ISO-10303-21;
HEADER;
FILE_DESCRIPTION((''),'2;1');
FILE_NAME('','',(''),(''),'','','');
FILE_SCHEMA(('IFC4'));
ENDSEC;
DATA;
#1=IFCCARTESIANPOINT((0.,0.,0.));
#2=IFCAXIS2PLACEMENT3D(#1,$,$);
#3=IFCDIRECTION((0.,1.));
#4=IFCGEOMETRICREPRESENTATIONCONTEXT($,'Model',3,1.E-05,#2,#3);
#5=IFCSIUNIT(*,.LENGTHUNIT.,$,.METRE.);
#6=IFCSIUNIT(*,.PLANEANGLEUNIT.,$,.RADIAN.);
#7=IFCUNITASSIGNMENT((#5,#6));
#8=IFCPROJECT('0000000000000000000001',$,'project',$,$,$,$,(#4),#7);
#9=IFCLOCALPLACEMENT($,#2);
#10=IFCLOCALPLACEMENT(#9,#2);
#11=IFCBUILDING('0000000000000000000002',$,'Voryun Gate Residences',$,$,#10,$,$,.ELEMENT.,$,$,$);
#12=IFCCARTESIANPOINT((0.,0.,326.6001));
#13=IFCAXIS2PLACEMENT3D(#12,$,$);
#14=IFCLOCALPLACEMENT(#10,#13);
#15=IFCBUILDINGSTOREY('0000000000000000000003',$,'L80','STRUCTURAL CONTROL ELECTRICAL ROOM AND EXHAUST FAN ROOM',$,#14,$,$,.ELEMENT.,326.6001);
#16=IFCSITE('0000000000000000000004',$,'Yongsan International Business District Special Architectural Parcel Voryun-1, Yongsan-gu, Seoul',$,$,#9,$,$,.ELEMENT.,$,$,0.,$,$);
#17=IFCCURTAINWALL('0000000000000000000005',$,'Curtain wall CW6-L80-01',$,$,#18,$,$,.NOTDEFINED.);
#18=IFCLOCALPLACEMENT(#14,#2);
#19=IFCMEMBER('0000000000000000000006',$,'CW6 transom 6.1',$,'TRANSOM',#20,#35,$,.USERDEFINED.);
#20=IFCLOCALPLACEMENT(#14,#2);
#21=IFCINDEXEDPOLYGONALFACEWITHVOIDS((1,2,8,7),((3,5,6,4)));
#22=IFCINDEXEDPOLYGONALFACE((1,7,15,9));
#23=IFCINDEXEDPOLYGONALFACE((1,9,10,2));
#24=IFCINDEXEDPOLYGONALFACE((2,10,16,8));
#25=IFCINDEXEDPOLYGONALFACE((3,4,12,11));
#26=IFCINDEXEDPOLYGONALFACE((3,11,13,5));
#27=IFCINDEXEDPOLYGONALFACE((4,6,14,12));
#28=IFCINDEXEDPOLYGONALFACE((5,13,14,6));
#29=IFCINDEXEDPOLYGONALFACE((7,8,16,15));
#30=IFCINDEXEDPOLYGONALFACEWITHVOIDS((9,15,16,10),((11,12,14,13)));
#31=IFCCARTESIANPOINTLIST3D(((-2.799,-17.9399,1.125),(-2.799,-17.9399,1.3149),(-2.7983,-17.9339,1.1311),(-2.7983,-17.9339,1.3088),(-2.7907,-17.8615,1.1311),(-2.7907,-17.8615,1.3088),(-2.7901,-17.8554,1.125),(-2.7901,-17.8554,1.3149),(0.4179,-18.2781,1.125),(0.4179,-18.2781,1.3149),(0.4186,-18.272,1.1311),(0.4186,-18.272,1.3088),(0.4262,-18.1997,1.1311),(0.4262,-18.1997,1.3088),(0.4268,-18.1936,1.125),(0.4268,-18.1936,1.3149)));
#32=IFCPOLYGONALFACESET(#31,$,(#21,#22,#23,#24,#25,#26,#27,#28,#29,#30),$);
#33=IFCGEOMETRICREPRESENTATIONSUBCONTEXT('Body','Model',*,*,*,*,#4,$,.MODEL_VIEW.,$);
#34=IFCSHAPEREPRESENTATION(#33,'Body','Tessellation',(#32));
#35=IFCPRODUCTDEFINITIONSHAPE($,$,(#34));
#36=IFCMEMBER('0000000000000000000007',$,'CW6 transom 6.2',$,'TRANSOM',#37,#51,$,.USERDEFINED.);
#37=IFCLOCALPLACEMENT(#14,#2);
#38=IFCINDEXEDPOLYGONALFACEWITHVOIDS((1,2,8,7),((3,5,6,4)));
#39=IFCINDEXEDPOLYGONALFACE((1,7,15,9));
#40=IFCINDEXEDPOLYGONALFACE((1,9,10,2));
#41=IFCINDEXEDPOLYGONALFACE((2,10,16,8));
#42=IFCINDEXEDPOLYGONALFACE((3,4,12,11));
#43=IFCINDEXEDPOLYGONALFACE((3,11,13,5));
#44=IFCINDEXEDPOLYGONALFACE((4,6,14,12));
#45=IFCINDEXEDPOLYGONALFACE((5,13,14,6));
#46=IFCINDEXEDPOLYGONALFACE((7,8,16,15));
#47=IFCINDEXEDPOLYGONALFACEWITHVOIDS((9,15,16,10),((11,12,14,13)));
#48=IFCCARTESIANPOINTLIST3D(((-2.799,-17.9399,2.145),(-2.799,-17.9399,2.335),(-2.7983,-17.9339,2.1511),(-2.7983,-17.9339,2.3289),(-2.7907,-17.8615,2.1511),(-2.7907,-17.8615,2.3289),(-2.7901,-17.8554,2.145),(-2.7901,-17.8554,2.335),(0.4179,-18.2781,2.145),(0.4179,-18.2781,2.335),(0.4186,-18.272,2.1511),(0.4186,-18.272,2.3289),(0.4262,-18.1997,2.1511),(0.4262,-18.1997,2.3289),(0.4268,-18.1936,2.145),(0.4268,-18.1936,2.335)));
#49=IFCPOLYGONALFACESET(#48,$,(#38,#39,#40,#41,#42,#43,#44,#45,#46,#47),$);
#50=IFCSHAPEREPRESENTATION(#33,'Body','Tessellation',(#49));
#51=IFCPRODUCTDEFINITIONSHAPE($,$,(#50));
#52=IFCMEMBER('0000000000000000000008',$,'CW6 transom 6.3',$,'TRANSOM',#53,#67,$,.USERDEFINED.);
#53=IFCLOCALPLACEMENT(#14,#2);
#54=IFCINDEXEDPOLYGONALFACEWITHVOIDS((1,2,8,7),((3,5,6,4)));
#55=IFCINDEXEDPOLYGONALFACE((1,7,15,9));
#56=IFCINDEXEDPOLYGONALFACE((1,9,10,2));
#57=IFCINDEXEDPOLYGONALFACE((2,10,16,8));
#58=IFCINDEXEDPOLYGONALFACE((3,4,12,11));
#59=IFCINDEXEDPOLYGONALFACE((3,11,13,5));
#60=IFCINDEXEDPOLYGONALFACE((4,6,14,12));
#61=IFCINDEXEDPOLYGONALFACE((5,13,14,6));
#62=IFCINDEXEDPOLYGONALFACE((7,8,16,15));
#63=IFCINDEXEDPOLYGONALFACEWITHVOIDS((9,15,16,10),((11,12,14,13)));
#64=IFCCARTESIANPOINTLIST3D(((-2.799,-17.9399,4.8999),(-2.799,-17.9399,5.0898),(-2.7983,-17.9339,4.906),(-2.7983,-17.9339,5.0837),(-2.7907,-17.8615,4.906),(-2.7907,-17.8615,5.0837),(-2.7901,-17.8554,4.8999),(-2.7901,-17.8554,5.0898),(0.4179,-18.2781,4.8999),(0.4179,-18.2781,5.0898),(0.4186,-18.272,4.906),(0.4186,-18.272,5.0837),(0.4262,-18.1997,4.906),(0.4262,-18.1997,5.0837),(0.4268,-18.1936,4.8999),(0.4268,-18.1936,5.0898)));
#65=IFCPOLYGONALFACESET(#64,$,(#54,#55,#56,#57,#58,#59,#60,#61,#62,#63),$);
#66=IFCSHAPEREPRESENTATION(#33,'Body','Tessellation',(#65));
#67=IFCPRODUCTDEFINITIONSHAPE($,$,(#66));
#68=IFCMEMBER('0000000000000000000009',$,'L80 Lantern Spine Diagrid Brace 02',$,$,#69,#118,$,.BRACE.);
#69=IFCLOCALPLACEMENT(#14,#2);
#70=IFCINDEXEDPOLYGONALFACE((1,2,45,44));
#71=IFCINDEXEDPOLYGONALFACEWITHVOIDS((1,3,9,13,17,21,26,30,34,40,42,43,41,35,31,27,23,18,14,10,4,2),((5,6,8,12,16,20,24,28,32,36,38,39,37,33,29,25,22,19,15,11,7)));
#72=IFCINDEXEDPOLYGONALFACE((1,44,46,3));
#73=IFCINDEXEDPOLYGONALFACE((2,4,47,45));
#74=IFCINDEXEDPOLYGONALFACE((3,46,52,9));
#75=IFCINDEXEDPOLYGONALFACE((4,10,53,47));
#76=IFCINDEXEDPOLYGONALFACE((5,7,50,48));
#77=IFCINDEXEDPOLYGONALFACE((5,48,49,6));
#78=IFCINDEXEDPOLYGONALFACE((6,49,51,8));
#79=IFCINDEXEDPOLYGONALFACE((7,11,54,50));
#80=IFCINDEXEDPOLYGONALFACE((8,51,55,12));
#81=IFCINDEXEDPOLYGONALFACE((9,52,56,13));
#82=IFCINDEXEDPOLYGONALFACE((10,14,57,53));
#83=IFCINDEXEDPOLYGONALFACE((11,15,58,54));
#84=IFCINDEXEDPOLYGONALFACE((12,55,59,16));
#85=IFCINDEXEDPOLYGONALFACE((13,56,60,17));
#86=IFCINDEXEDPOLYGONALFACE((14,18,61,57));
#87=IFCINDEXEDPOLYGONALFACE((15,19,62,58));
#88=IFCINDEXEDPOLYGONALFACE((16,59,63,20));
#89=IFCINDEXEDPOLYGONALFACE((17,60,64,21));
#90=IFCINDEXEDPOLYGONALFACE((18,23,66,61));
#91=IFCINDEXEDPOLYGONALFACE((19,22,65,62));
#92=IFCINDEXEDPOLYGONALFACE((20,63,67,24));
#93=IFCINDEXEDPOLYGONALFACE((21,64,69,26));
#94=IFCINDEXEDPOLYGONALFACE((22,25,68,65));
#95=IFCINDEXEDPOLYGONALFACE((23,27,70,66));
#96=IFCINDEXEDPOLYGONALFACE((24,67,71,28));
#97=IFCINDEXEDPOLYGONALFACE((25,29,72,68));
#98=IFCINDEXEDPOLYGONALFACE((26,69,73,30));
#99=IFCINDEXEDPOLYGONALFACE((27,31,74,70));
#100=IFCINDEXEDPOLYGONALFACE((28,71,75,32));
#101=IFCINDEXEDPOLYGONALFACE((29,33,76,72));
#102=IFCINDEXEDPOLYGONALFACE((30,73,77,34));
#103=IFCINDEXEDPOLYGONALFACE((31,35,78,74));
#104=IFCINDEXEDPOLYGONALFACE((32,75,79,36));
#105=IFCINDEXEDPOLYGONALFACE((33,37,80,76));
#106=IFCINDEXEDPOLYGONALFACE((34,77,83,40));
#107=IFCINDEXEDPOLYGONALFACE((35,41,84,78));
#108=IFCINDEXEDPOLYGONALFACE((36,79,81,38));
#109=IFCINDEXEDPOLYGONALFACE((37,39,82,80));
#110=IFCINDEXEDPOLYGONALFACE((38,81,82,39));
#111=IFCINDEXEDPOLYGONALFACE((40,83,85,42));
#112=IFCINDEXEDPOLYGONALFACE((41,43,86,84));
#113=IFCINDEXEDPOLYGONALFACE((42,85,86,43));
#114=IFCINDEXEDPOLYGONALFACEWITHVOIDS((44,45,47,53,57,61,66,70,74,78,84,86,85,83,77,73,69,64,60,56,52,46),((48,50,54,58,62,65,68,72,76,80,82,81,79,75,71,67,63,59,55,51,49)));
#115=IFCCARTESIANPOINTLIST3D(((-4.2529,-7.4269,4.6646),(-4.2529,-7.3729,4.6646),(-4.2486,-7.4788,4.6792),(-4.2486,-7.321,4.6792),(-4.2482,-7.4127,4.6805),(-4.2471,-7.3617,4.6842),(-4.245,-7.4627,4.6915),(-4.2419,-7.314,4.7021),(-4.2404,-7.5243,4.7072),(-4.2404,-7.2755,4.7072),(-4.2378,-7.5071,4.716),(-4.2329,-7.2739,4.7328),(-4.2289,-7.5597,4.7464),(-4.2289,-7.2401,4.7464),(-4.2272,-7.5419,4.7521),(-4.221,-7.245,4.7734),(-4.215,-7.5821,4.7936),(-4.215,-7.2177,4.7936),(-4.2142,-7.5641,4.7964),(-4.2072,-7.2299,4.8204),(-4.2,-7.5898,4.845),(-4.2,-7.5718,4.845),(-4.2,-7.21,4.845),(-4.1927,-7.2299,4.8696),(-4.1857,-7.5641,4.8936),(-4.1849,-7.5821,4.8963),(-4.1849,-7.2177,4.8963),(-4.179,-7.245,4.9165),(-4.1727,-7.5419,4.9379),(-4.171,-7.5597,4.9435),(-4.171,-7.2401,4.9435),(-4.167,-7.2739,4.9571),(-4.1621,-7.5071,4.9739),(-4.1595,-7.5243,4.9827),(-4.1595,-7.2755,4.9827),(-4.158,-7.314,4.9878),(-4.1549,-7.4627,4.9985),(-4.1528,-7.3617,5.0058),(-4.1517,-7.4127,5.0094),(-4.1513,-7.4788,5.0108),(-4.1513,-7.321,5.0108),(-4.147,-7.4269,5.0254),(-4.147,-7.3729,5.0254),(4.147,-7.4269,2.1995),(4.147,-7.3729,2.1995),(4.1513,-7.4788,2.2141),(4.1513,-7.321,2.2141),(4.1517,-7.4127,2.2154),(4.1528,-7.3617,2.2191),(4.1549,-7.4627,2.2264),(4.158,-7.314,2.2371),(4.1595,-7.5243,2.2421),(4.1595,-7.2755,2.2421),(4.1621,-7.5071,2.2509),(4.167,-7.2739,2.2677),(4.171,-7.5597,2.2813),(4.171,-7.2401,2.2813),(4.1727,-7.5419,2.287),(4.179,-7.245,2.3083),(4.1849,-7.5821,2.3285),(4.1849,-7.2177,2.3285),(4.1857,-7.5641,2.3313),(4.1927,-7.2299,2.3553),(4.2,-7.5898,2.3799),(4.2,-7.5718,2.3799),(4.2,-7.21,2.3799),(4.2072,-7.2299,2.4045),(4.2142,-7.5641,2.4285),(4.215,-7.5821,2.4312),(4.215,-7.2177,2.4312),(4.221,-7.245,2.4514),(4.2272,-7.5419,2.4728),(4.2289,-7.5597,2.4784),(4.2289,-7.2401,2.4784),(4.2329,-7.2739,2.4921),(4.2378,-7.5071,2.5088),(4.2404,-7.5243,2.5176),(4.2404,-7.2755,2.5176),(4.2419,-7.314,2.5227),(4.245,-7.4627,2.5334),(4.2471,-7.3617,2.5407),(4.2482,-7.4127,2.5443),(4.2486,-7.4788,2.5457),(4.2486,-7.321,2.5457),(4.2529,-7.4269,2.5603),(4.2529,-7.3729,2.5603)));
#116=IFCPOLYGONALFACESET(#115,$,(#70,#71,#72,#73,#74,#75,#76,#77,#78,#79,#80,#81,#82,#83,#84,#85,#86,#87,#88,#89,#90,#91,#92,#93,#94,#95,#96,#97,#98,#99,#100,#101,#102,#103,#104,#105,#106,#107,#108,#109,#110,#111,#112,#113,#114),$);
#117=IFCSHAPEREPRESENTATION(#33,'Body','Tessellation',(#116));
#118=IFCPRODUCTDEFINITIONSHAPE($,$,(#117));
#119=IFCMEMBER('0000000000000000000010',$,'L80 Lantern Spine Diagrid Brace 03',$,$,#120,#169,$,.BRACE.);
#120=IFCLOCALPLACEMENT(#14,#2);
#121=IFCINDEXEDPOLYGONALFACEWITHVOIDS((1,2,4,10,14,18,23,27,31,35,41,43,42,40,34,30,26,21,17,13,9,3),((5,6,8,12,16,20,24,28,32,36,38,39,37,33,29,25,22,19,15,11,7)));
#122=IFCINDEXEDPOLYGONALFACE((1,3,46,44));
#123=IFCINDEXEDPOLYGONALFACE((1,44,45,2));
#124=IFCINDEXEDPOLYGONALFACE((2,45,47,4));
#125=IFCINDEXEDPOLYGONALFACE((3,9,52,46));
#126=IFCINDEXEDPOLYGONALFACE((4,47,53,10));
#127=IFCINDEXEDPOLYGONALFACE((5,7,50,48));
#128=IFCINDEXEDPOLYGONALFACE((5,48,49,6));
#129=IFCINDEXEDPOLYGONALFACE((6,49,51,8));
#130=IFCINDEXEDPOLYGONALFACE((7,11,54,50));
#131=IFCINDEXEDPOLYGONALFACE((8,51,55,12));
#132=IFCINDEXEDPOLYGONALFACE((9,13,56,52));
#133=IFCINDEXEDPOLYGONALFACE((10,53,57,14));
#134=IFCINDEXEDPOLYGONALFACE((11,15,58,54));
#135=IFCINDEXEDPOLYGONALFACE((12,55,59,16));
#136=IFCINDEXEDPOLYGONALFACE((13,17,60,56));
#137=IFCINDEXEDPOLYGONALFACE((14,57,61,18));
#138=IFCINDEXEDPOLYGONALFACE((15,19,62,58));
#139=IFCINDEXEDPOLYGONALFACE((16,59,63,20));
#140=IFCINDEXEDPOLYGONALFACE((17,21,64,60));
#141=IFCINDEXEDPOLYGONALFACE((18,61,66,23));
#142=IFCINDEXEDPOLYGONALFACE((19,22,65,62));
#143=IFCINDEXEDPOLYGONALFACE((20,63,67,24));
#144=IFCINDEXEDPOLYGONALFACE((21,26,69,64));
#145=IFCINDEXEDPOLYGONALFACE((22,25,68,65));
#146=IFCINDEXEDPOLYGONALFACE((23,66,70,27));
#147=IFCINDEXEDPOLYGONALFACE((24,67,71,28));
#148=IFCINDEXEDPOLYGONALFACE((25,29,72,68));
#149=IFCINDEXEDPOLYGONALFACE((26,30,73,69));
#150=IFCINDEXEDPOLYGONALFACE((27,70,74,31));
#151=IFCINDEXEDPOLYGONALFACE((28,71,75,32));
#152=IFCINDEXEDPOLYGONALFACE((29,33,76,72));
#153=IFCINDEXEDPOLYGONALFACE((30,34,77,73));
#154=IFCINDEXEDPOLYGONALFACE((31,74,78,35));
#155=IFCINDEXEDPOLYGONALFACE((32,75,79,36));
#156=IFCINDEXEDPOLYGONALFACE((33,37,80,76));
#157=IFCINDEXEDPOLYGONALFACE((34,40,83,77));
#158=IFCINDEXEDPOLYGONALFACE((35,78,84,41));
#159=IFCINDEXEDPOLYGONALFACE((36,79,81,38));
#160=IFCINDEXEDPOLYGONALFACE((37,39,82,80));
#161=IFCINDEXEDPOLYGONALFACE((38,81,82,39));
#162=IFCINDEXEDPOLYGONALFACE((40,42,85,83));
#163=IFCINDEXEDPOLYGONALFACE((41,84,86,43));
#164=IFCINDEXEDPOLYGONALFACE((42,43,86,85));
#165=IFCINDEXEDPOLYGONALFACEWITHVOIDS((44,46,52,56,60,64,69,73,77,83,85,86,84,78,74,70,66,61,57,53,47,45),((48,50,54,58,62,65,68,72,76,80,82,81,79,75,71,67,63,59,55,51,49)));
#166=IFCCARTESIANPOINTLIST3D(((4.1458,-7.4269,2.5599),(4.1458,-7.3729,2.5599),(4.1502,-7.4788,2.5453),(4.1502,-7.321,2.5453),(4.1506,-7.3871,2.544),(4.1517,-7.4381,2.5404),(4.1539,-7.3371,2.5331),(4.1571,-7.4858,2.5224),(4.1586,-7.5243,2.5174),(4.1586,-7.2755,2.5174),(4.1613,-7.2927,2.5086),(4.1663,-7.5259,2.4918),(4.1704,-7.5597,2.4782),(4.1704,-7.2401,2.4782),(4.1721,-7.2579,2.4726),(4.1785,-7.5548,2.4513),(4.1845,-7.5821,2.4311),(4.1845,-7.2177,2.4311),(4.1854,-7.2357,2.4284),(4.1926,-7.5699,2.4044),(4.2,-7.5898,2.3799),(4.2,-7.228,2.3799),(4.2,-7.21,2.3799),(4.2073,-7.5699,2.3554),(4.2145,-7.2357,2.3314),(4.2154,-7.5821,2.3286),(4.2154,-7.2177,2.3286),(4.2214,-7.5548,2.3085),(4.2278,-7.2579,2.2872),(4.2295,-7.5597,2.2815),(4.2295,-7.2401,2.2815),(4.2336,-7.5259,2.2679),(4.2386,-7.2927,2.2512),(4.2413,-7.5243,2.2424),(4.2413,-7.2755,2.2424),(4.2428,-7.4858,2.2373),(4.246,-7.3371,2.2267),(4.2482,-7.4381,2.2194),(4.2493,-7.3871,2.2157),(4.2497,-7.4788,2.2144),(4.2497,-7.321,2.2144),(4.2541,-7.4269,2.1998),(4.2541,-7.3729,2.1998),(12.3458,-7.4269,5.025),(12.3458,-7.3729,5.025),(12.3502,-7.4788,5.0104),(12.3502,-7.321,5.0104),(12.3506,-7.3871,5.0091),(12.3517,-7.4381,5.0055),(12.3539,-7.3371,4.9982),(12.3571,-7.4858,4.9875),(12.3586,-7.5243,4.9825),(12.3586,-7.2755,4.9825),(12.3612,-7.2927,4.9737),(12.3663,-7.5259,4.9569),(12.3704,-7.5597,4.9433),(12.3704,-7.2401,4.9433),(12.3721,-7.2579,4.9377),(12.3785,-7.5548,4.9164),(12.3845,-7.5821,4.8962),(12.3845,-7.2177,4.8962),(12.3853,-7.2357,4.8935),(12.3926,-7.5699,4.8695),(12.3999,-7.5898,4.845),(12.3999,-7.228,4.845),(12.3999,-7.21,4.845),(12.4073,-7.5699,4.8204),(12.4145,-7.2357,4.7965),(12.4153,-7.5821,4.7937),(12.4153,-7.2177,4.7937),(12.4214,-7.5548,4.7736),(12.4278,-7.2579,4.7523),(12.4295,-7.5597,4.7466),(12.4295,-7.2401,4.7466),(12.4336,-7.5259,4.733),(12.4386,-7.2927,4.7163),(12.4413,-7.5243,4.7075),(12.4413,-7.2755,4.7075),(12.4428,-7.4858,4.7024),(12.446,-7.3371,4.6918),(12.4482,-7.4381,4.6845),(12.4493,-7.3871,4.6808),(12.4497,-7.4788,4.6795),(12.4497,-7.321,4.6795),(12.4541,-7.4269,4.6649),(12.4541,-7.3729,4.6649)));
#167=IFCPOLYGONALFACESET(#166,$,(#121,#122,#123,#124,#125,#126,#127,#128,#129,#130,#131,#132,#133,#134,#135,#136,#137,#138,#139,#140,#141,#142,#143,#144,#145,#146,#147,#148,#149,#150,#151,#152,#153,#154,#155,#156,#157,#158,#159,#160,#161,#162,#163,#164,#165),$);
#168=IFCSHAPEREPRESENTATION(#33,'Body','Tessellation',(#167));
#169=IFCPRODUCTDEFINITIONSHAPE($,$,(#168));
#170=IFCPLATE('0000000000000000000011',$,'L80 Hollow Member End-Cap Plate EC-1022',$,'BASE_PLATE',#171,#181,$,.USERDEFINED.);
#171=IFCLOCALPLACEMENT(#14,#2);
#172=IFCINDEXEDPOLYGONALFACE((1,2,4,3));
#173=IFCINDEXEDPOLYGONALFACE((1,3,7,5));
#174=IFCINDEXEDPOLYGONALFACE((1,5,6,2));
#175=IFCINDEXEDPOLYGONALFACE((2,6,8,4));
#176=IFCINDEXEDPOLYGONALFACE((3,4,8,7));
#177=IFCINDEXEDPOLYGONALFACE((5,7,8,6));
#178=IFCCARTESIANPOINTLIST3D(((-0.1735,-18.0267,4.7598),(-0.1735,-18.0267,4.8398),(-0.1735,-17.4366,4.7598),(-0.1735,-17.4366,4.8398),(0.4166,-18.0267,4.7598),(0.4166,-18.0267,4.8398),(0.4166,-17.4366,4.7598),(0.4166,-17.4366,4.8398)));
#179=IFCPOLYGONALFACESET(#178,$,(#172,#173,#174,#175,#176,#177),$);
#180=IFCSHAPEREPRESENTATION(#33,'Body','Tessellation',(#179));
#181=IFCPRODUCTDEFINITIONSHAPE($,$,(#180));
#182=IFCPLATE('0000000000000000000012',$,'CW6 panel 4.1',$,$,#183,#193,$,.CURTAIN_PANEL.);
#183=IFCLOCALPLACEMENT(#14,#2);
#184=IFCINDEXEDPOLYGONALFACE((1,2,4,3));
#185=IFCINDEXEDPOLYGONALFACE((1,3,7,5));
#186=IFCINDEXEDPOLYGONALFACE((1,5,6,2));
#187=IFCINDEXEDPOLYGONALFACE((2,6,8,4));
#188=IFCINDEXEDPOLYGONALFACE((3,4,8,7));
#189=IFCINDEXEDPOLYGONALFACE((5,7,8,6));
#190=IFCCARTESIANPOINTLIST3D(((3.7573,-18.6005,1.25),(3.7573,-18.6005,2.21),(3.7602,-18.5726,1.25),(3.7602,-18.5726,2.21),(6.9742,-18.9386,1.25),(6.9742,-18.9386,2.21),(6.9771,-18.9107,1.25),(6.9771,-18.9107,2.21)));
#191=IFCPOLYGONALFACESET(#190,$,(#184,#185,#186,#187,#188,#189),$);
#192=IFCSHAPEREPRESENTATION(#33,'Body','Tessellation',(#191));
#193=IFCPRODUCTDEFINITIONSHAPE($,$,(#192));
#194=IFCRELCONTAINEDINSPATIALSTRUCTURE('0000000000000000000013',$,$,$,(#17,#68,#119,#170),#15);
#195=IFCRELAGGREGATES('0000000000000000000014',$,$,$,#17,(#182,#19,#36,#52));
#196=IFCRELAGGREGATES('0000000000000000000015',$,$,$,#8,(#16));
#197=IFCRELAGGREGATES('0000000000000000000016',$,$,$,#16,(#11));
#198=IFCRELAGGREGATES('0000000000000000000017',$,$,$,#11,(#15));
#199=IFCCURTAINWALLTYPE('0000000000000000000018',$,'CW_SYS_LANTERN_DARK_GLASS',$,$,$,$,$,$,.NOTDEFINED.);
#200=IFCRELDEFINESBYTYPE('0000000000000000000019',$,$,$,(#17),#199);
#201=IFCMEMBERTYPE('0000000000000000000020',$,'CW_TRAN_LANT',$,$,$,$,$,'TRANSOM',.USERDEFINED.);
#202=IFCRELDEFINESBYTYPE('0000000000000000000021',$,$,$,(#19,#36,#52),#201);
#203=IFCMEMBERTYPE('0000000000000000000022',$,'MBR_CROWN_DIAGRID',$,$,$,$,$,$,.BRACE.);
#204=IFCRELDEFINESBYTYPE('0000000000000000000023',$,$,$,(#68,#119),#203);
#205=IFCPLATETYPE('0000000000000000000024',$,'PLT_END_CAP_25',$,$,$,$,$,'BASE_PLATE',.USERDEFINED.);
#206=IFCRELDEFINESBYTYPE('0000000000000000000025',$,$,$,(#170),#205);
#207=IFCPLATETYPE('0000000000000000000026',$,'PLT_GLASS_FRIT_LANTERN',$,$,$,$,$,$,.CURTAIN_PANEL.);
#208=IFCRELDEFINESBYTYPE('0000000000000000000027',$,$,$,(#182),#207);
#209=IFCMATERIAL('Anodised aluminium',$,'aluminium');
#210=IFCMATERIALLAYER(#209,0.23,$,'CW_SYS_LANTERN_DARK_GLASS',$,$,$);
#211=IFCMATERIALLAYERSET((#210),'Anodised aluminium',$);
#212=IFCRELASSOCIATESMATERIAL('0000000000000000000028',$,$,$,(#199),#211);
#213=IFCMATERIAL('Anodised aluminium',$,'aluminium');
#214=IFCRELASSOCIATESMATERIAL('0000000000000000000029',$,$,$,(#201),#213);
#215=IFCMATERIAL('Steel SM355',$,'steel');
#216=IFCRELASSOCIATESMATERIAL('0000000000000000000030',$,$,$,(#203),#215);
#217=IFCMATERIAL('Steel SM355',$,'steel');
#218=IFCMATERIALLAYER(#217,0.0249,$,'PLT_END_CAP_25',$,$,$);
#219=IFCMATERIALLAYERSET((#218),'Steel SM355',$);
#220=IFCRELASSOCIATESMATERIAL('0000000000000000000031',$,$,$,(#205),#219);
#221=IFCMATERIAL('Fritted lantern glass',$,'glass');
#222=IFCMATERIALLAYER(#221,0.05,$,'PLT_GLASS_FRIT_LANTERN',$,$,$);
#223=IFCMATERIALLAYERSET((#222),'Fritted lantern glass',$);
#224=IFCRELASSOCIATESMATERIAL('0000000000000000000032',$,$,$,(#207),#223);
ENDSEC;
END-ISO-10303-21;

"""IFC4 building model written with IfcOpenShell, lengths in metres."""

from ifc_helpers import new_model, si_unit, direction, frame, origin, origin_2d, place, context, subcontext, project, spatial, rectangle, hollow_rectangle, hollow_circle, extrude, material, layer, layer_set, material_profile, profile_set, type_object, element, aggregate, save


model = new_model("IFC4")

# Units and contexts
model_context = context("Model", 3, precision=1e-05, world=origin(), true_north=direction((0.0, 1.0)))
body_context = subcontext(model_context, "Body", "Model", "MODEL_VIEW")
ifc_project = project(units=[si_unit("LENGTHUNIT", "METRE"), si_unit("PLANEANGLEUNIT", "RADIAN")], contexts=[model_context])

# Site, building, storey
site_placement = place(None, origin())
site = spatial("IfcSite", under=ifc_project, at=site_placement, Name="Yongsan International Business District Special Architectural Parcel Voryun-1, Yongsan-gu, Seoul", CompositionType="ELEMENT", RefElevation=0.0)
building_placement = place(site_placement, origin())
building = spatial("IfcBuilding", under=site, at=building_placement, Name="Voryun Gate Residences", CompositionType="ELEMENT")
storey_placement = place(building_placement, frame((0.0, 0.0, 326.6001)))
storey = spatial("IfcBuildingStorey", under=building, at=storey_placement, Name="L80", Description="STRUCTURAL CONTROL ELECTRICAL ROOM AND EXHAUST FAN ROOM", CompositionType="ELEMENT", Elevation=326.6001)

# Curtain wall, members
ifc_material_1 = material(Name="Anodised aluminium", Category="aluminium")
ifc_layer_1 = layer(ifc_material_1, 0.23, Name="CW_SYS_LANTERN_DARK_GLASS")
ifc_layer_set_1 = layer_set([ifc_layer_1], Name="Anodised aluminium")
curtain_wall_type = type_object("IfcCurtainWallType", Name="CW_SYS_LANTERN_DARK_GLASS", PredefinedType="NOTDEFINED", material=ifc_layer_set_1)
curtain_wall_placement = place(storey_placement, origin())
curtain_wall = element("IfcCurtainWall", 1, at=curtain_wall_placement, inside=storey, type_object=curtain_wall_type, Name="Curtain wall CW6-L80-01", PredefinedType="NOTDEFINED")
ifc_material_2 = material(Name="Anodised aluminium", Category="aluminium")
ifc_material_profile_1 = material_profile(ifc_material_2, hollow_rectangle(XDim=0.085, YDim=0.1899, WallThickness=0.0061, at=origin_2d()), Name="ALU-TRAN-190x85x6")
ifc_profile_set_1 = profile_set([ifc_material_profile_1], Name="Anodised aluminium")
member_type_1 = type_object("IfcMemberType", Name="CW_TRAN_LANT", ElementType="TRANSOM", PredefinedType="USERDEFINED", material=ifc_profile_set_1)
member_1_placement = place(storey_placement, frame((0.4224, -18.2358, 1.22), z_axis=(-0.994521, 0.104539, 0.0), x_axis=(-0.104539, -0.994521, 0.0)))
member_1 = element("IfcMember", 2, at=member_1_placement, type_object=member_type_1, Name="CW6 transom 6.1", ObjectType="TRANSOM", PredefinedType="USERDEFINED", context=body_context, shape_type="SweptSolid", body=[
    extrude(hollow_rectangle(XDim=0.085, YDim=0.1899, WallThickness=0.0061, at=origin_2d()), origin(), (0.0, 0.0, 1.0), 3.2346),
])
member_2_placement = place(storey_placement, frame((0.4224, -18.2358, 2.24), z_axis=(-0.994521, 0.104539, 0.0), x_axis=(-0.104539, -0.994521, 0.0)))
member_2 = element("IfcMember", 3, at=member_2_placement, type_object=member_type_1, Name="CW6 transom 6.2", ObjectType="TRANSOM", PredefinedType="USERDEFINED", context=body_context, shape_type="SweptSolid", body=[
    extrude(hollow_rectangle(XDim=0.085, YDim=0.1899, WallThickness=0.0061, at=origin_2d()), origin(), (0.0, 0.0, 1.0), 3.2346),
])
member_3_placement = place(storey_placement, frame((0.4224, -18.2358, 4.9949), z_axis=(-0.994521, 0.104539, 0.0), x_axis=(-0.104539, -0.994521, 0.0)))
member_3 = element("IfcMember", 4, at=member_3_placement, type_object=member_type_1, Name="CW6 transom 6.3", ObjectType="TRANSOM", PredefinedType="USERDEFINED", context=body_context, shape_type="SweptSolid", body=[
    extrude(hollow_rectangle(XDim=0.085, YDim=0.1899, WallThickness=0.0061, at=origin_2d()), origin(), (0.0, 0.0, 1.0), 3.2346),
])

# Members
ifc_material_3 = material(Name="Steel SM355", Category="steel")
ifc_material_profile_2 = material_profile(ifc_material_3, hollow_circle(Radius=0.1899, WallThickness=0.0181, at=origin_2d()), Name="CHS-380x18")
ifc_profile_set_2 = profile_set([ifc_material_profile_2], Name="Steel SM355")
member_type_2 = type_object("IfcMemberType", Name="MBR_CROWN_DIAGRID", PredefinedType="BRACE", material=ifc_profile_set_2)
member_4_placement = place(storey_placement, frame((4.2, -7.3999, 2.3799), z_axis=(-0.959535, 0.0, 0.281591), x_axis=(0.0, -1.0, 0.0)))
element("IfcMember", 5, at=member_4_placement, inside=storey, type_object=member_type_2, Name="L80 Lantern Spine Diagrid Brace 02", PredefinedType="BRACE", context=body_context, shape_type="SweptSolid", body=[
    extrude(hollow_circle(Radius=0.1899, WallThickness=0.0181, at=origin_2d()), origin(), (0.0, 0.0, 1.0), 8.7542),
])
member_5_placement = place(storey_placement, frame((4.2, -7.3999, 2.3799), z_axis=(0.957662, 0.0, 0.287895), x_axis=(0.0, 1.0, 0.0)))
element("IfcMember", 6, at=member_5_placement, inside=storey, type_object=member_type_2, Name="L80 Lantern Spine Diagrid Brace 03", PredefinedType="BRACE", context=body_context, shape_type="SweptSolid", body=[
    extrude(hollow_circle(Radius=0.1899, WallThickness=0.0181, at=origin_2d()), origin(), (0.0, 0.0, 1.0), 8.5625),
])

# Plates
ifc_material_4 = material(Name="Steel SM355", Category="steel")
ifc_layer_2 = layer(ifc_material_4, 0.0249, Name="PLT_END_CAP_25")
ifc_layer_set_2 = layer_set([ifc_layer_2], Name="Steel SM355")
plate_type_1 = type_object("IfcPlateType", Name="PLT_END_CAP_25", ElementType="BASE_PLATE", PredefinedType="USERDEFINED", material=ifc_layer_set_2)
plate_1_placement = place(storey_placement, frame((0.1216, -17.7317, 4.7598), z_axis=(0.0, 0.0, 1.0), x_axis=(1.0, 0.0, 0.0)))
element("IfcPlate", 7, at=plate_1_placement, inside=storey, type_object=plate_type_1, Name="L80 Hollow Member End-Cap Plate EC-1022", ObjectType="BASE_PLATE", PredefinedType="USERDEFINED", context=body_context, shape_type="SweptSolid", body=[
    extrude(rectangle(XDim=0.5901, YDim=0.5901, at=origin_2d()), origin(), (0.0, 0.0, 1.0), 0.0801),
])
ifc_material_5 = material(Name="Fritted lantern glass", Category="glass")
ifc_layer_3 = layer(ifc_material_5, 0.05, Name="PLT_GLASS_FRIT_LANTERN")
ifc_layer_set_3 = layer_set([ifc_layer_3], Name="Fritted lantern glass")
plate_type_2 = type_object("IfcPlateType", Name="PLT_GLASS_FRIT_LANTERN", PredefinedType="CURTAIN_PANEL", material=ifc_layer_set_3)
plate_2_placement = place(storey_placement, frame((5.3672, -18.7556, 1.25), z_axis=(0.0, 0.0, 1.0), x_axis=(-0.994522, 0.104528, 0.0)))
plate_2 = element("IfcPlate", 8, at=plate_2_placement, type_object=plate_type_2, Name="CW6 panel 4.1", PredefinedType="CURTAIN_PANEL", context=body_context, shape_type="SweptSolid", body=[
    extrude(rectangle(XDim=3.2346, YDim=0.0281, at=origin_2d()), origin(), (0.0, 0.0, 1.0), 0.96),
])
aggregate(curtain_wall, [plate_2, member_1, member_2, member_3])

save(model, "model.ifc")
